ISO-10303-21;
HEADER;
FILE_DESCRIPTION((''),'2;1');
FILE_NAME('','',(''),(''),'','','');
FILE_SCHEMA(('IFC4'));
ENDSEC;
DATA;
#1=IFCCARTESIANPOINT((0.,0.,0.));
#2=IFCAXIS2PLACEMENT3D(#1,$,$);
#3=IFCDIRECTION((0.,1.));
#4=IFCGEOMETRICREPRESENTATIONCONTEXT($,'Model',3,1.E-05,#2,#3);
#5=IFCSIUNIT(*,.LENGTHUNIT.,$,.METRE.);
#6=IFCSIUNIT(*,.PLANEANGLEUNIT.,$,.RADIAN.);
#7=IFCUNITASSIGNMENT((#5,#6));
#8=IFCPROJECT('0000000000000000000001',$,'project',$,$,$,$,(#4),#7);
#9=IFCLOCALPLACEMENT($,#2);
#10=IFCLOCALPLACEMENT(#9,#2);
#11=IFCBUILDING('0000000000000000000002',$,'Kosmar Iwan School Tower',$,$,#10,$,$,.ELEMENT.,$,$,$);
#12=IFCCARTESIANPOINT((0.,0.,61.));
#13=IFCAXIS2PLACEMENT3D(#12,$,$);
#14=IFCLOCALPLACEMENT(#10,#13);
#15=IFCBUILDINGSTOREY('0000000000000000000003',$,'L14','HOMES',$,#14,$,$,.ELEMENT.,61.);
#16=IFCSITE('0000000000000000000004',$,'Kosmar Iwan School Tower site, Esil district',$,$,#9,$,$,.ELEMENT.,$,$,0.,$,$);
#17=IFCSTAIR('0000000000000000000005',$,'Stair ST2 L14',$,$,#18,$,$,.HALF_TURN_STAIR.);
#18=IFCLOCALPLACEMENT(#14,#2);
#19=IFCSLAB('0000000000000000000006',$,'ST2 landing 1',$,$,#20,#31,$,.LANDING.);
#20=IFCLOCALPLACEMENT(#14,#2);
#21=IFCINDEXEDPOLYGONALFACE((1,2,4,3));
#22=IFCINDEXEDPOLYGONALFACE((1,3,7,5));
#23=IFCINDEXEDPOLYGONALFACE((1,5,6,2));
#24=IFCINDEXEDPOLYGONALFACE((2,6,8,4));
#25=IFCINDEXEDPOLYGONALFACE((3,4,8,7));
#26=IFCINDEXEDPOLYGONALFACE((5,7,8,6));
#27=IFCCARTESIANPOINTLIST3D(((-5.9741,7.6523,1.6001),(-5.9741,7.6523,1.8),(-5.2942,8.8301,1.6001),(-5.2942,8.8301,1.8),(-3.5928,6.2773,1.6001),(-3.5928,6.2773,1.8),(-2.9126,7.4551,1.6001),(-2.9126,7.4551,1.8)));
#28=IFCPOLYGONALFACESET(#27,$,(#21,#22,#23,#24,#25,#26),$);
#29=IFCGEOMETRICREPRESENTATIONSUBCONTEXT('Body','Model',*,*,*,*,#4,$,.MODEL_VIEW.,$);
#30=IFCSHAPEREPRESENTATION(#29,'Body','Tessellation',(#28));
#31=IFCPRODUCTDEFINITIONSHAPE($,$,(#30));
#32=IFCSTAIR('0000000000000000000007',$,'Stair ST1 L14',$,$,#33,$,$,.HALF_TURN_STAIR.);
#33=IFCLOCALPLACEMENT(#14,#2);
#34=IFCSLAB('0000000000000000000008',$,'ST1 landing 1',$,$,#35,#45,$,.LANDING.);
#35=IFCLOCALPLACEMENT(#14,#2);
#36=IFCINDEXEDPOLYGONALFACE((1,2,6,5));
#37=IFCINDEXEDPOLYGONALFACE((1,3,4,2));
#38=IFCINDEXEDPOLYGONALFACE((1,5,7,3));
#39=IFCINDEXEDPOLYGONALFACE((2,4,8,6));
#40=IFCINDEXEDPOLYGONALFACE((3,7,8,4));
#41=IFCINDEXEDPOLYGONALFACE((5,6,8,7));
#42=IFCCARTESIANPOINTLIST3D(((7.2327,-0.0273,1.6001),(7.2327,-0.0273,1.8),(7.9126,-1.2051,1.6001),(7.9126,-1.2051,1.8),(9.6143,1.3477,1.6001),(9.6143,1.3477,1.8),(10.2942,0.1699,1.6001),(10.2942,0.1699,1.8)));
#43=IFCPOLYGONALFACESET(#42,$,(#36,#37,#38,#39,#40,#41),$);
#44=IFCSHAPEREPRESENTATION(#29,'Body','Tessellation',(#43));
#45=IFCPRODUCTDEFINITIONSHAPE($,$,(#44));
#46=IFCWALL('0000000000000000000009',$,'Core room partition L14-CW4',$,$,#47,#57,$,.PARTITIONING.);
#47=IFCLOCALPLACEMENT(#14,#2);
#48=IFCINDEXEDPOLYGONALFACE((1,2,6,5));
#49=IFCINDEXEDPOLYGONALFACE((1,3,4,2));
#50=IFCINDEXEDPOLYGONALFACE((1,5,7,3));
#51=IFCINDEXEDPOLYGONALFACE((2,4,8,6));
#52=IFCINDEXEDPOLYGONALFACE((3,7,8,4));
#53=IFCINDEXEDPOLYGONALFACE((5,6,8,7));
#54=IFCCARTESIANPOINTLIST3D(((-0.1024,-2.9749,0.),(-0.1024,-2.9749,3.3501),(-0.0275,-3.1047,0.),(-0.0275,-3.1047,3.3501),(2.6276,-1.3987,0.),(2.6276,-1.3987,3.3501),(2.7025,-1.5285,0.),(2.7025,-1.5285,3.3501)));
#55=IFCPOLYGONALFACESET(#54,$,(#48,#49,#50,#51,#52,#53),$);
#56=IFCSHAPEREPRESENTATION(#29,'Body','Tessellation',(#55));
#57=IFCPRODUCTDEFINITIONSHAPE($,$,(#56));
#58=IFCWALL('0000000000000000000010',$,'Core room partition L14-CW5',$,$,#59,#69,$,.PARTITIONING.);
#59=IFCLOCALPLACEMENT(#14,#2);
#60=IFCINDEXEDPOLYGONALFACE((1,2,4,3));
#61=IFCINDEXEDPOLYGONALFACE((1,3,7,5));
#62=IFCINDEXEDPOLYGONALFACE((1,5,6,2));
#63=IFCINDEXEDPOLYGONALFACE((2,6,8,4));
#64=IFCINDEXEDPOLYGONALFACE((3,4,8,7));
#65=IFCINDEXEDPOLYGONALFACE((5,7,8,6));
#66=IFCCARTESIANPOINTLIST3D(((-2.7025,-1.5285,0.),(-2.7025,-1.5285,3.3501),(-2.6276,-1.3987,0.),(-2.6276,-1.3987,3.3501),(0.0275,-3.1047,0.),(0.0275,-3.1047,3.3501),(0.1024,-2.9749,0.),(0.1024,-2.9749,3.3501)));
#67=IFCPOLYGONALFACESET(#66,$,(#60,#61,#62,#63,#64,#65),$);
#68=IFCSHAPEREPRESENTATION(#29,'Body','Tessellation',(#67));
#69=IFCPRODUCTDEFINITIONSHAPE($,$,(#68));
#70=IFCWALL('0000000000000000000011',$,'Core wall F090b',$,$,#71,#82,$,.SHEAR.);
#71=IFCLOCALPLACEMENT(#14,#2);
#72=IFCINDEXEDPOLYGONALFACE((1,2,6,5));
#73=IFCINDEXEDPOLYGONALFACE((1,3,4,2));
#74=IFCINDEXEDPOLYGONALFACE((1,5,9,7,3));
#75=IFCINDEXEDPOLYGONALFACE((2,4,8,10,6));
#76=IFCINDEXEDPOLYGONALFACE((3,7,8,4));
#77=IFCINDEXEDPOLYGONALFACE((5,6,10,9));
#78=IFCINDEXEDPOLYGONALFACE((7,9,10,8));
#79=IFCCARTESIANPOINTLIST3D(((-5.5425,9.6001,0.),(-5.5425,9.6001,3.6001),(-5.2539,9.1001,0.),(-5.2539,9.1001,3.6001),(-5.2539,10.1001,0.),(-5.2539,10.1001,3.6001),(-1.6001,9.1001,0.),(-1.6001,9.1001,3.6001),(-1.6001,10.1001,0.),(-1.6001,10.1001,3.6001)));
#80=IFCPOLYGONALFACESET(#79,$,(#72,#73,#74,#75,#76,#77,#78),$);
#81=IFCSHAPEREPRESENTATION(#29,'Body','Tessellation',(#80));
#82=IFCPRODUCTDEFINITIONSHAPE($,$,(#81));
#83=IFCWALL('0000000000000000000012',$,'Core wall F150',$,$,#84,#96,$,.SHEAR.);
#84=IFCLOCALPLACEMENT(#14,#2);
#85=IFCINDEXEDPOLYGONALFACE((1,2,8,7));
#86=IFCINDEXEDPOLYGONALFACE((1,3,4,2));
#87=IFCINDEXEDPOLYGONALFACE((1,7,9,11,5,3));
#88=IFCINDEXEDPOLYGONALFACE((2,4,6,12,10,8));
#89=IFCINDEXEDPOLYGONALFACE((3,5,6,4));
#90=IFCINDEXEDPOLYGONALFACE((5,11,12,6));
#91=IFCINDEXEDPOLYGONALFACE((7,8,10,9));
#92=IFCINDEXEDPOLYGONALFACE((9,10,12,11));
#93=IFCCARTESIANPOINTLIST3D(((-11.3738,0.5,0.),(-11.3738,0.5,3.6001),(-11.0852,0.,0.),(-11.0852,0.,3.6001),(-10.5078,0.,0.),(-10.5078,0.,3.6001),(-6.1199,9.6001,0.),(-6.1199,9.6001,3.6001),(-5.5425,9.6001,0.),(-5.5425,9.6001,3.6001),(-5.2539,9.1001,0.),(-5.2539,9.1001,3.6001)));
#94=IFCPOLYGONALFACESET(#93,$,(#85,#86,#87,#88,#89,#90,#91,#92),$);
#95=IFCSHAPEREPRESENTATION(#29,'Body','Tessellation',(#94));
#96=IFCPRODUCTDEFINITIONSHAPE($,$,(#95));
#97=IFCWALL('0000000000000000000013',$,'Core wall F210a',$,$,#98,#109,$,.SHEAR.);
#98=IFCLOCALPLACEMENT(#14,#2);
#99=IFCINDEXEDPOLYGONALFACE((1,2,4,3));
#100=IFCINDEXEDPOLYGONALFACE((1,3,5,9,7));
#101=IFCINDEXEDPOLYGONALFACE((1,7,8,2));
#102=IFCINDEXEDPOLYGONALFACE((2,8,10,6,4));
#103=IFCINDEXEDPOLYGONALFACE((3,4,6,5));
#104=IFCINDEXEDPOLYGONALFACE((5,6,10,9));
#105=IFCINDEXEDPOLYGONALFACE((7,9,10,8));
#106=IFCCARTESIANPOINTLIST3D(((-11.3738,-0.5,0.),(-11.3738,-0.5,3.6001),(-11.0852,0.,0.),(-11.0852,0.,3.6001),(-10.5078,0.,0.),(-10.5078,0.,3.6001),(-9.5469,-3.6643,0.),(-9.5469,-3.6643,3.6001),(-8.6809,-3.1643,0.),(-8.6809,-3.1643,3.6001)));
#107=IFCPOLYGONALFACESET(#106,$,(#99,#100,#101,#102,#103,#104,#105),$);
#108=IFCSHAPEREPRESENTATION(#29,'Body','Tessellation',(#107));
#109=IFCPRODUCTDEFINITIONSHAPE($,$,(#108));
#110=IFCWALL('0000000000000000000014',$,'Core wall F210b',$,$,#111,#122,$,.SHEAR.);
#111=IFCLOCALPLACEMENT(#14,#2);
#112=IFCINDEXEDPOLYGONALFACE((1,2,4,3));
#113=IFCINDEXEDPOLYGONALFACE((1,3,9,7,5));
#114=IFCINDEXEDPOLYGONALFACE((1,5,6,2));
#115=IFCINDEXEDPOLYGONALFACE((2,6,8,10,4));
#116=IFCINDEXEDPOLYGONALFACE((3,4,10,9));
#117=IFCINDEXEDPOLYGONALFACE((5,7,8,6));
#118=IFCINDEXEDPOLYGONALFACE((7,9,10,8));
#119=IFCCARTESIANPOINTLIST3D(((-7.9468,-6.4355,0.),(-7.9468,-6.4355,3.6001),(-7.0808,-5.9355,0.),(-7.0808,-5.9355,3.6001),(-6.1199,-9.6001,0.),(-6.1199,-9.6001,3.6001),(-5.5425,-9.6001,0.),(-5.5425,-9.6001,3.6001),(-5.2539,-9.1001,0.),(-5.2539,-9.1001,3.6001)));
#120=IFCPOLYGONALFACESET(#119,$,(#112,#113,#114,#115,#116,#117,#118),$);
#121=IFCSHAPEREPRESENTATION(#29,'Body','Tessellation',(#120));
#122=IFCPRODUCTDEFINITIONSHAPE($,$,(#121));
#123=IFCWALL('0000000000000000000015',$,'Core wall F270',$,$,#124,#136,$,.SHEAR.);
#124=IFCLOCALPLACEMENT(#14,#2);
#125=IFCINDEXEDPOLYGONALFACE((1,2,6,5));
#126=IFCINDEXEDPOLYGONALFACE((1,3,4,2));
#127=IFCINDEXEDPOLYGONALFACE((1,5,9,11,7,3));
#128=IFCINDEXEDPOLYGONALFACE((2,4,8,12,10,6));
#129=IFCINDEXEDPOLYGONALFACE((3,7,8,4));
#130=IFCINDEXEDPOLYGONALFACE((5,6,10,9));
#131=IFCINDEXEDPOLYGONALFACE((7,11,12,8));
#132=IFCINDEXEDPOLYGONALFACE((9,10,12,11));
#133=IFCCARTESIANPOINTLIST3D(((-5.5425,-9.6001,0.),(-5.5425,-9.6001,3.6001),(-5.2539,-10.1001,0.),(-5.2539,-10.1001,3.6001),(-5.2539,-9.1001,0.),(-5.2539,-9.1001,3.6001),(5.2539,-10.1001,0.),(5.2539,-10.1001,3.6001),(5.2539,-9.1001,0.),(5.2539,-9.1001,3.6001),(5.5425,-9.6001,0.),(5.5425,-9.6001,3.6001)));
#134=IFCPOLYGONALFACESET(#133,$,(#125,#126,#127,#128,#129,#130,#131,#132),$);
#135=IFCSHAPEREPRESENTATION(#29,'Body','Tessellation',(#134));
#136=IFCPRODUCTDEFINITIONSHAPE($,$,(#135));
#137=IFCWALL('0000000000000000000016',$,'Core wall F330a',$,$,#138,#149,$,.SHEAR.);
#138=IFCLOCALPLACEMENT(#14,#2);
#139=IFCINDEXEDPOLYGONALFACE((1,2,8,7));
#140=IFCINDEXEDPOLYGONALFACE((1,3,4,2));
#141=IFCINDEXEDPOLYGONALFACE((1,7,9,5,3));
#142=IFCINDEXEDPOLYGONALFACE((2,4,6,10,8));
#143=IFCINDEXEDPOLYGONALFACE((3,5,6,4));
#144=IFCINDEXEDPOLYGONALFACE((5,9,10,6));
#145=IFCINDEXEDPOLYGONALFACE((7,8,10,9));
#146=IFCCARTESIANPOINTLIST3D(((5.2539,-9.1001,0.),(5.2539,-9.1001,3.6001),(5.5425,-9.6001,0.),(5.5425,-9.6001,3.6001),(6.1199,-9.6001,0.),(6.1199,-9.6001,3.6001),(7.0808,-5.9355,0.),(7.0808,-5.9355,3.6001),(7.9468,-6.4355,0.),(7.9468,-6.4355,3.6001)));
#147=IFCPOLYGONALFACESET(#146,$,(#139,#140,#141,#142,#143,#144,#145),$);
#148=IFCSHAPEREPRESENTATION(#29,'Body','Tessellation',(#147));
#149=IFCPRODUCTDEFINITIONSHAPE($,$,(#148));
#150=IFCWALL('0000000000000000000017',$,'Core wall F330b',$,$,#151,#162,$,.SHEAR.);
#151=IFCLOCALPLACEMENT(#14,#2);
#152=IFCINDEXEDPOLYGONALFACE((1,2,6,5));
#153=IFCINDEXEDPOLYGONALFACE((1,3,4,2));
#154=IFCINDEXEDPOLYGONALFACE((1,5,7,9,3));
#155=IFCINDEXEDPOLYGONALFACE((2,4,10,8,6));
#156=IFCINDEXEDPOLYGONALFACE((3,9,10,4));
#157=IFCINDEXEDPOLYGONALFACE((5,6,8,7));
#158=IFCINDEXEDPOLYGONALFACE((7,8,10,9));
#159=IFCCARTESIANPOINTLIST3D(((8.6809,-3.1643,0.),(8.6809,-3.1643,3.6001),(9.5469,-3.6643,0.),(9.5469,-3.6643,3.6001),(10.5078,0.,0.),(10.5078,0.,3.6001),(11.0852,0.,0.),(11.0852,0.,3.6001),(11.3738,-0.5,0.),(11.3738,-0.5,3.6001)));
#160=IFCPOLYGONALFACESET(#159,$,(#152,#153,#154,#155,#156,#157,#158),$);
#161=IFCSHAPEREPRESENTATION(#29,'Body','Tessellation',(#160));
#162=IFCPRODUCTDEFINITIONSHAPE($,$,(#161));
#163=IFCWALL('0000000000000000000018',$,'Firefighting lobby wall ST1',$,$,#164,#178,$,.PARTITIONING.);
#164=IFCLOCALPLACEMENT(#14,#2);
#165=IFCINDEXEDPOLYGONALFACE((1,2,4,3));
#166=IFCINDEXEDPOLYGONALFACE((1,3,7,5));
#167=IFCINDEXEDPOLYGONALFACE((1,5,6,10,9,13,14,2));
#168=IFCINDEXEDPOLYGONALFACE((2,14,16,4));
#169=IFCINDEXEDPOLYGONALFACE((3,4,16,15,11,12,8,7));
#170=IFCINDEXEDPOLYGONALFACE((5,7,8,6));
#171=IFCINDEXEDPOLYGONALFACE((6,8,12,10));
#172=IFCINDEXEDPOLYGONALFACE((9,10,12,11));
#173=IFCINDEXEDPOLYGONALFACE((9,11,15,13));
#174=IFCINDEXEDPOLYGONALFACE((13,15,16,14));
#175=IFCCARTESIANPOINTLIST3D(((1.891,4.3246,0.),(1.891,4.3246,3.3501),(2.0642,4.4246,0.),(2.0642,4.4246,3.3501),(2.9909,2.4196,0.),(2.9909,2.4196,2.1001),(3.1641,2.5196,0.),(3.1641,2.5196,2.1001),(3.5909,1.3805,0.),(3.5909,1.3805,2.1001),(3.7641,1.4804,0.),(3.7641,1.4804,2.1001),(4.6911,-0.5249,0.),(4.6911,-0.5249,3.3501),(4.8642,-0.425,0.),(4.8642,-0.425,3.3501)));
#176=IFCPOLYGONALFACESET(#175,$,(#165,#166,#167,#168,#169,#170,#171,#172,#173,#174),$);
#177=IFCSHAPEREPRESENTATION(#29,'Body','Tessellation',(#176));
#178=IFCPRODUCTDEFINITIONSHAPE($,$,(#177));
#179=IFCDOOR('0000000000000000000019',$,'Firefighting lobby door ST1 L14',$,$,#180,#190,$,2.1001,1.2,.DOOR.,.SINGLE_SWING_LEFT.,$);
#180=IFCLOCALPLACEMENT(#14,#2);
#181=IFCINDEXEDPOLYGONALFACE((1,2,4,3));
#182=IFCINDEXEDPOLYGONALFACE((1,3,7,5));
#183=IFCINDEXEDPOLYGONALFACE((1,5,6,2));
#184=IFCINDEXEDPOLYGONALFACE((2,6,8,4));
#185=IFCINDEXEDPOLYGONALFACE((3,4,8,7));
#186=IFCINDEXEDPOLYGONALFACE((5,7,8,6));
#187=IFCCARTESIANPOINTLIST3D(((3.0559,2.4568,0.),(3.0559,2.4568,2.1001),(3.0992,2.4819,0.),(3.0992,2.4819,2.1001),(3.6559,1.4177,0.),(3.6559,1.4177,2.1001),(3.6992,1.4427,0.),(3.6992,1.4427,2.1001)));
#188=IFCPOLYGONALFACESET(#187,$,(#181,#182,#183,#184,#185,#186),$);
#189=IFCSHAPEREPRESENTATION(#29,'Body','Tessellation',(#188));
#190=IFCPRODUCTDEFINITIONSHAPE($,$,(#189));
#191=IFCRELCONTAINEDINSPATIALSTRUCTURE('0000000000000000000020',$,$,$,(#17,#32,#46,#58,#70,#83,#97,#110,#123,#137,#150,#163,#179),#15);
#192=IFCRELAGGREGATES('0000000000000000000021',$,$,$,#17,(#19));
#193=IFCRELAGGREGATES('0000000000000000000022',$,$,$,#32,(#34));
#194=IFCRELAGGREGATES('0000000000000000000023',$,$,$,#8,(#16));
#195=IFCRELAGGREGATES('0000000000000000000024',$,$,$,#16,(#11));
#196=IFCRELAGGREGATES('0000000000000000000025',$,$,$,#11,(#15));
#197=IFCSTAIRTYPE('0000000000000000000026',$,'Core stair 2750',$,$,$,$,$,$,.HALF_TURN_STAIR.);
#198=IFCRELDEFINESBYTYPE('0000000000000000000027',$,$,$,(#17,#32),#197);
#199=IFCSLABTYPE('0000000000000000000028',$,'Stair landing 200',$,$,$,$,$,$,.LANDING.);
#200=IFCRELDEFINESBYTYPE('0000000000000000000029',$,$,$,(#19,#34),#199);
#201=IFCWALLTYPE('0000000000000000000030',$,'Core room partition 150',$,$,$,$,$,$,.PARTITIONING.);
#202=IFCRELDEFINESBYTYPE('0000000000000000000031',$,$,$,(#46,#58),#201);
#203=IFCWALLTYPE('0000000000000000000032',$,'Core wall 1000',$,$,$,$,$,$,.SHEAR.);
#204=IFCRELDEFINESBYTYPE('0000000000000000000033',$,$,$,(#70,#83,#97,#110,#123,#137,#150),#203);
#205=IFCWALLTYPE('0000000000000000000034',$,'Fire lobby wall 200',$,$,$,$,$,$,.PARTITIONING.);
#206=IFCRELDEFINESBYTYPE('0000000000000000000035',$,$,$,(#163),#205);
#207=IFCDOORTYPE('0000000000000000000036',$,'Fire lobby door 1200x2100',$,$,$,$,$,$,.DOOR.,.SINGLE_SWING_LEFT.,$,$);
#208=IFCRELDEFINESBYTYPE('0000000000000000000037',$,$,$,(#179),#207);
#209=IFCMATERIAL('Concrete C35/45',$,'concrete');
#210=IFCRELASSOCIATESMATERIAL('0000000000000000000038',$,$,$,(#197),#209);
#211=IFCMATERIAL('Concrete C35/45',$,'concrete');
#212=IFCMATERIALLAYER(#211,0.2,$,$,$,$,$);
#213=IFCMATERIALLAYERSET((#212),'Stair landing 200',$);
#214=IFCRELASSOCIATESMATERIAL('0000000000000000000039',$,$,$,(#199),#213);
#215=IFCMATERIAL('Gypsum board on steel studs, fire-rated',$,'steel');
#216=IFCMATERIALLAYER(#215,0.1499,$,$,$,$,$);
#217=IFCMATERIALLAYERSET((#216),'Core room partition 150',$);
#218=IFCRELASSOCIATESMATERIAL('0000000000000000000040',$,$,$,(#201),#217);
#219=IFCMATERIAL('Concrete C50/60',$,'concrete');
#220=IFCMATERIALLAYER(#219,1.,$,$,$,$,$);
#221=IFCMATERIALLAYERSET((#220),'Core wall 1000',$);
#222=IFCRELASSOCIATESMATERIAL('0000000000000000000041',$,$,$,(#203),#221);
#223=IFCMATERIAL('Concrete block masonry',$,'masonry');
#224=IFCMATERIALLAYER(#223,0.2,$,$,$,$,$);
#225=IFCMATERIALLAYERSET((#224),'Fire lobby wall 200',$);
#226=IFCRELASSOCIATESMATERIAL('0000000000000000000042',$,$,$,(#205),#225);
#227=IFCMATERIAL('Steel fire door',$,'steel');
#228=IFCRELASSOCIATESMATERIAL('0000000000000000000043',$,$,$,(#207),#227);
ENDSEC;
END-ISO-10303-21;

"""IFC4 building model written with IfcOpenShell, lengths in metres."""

from ifc_helpers import new_model, si_unit, direction, frame, frame_2d, origin, place, context, subcontext, project, spatial, polyline, rectangle, outline, extrude, material, layer, layer_set, type_object, element, fill, aggregate, save


model = new_model("IFC4")

# Units and contexts
model_context = context("Model", 3, precision=1e-05, world=origin(), true_north=direction((0.0, 1.0)))
body_context = subcontext(model_context, "Body", "Model", "MODEL_VIEW")
ifc_project = project(units=[si_unit("LENGTHUNIT", "METRE"), si_unit("PLANEANGLEUNIT", "RADIAN")], contexts=[model_context])

# Site, building, storey
site_placement = place(None, origin())
site = spatial("IfcSite", under=ifc_project, at=site_placement, Name="Kosmar Iwan School Tower site, Esil district", CompositionType="ELEMENT", RefElevation=0.0)
building_placement = place(site_placement, origin())
building = spatial("IfcBuilding", under=site, at=building_placement, Name="Kosmar Iwan School Tower", CompositionType="ELEMENT")
storey_placement = place(building_placement, frame((0.0, 0.0, 61.0)))
storey = spatial("IfcBuildingStorey", under=building, at=storey_placement, Name="L14", Description="HOMES", CompositionType="ELEMENT", Elevation=61.0)

# Stairs, slabs
ifc_material_1 = material(Name="Concrete C35/45", Category="concrete")
stair_type = type_object("IfcStairType", Name="Core stair 2750", PredefinedType="HALF_TURN_STAIR", material=ifc_material_1)
stair_1_placement = place(storey_placement, origin())
stair_1 = element("IfcStair", 1, at=stair_1_placement, inside=storey, type_object=stair_type, Name="Stair ST2 L14", PredefinedType="HALF_TURN_STAIR")
ifc_material_2 = material(Name="Concrete C35/45", Category="concrete")
ifc_layer_1 = layer(ifc_material_2, 0.2)
ifc_layer_set_1 = layer_set([ifc_layer_1], Name="Stair landing 200")
slab_type = type_object("IfcSlabType", Name="Stair landing 200", PredefinedType="LANDING", material=ifc_layer_set_1)
slab_1_placement = place(storey_placement, frame((0.0, 0.0, 1.6001)))
slab_1 = element("IfcSlab", 2, at=slab_1_placement, type_object=slab_type, Name="ST2 landing 1", PredefinedType="LANDING", context=body_context, shape_type="SweptSolid", body=[
    extrude(outline(polyline([(-2.9126, 7.4551), (-5.2942, 8.8301), (-5.9741, 7.6523), (-3.5928, 6.2773), (-2.9126, 7.4551)])), origin(), (0.0, 0.0, 1.0), 0.2),
])
aggregate(stair_1, [slab_1])
stair_2_placement = place(storey_placement, origin())
stair_2 = element("IfcStair", 3, at=stair_2_placement, inside=storey, type_object=stair_type, Name="Stair ST1 L14", PredefinedType="HALF_TURN_STAIR")
slab_2_placement = place(storey_placement, frame((0.0, 0.0, 1.6001)))
slab_2 = element("IfcSlab", 4, at=slab_2_placement, type_object=slab_type, Name="ST1 landing 1", PredefinedType="LANDING", context=body_context, shape_type="SweptSolid", body=[
    extrude(outline(polyline([(7.9126, -1.2051), (10.2942, 0.1699), (9.6143, 1.3477), (7.2327, -0.0273), (7.9126, -1.2051)])), origin(), (0.0, 0.0, 1.0), 0.2),
])
aggregate(stair_2, [slab_2])

# Walls
ifc_material_3 = material(Name="Gypsum board on steel studs, fire-rated", Category="steel")
ifc_layer_2 = layer(ifc_material_3, 0.1499)
ifc_layer_set_2 = layer_set([ifc_layer_2], Name="Core room partition 150")
wall_type_1 = type_object("IfcWallType", Name="Core room partition 150", PredefinedType="PARTITIONING", material=ifc_layer_set_2)
for number, where, z_axis, x_axis, name in (
    (5, (2.665, -1.4636, 0.0), (0.0, 0.0, 1.0), (-0.866023, -0.500004, 0.0), "Core room partition L14-CW4"),
    (6, (0.0649, -3.0398, 0.0), (0.0, 0.0, 1.0), (-0.866023, 0.500004, 0.0), "Core room partition L14-CW5"),
):
    element("IfcWall", number, at=place(storey_placement, frame(where, z_axis=z_axis, x_axis=x_axis)), inside=storey, type_object=wall_type_1, Name=name, PredefinedType="PARTITIONING", context=body_context, shape_type="SweptSolid", body=[
        extrude(rectangle(XDim=3.1523, YDim=0.1499, at=frame_2d((1.5762, 0.0))), origin(), (0.0, 0.0, 1.0), 3.3501),
    ])
ifc_material_4 = material(Name="Concrete C50/60", Category="concrete")
ifc_layer_3 = layer(ifc_material_4, 1.0)
ifc_layer_set_3 = layer_set([ifc_layer_3], Name="Core wall 1000")
wall_type_2 = type_object("IfcWallType", Name="Core wall 1000", PredefinedType="SHEAR", material=ifc_layer_set_3)
wall_1_placement = place(storey_placement, origin())
element("IfcWall", 7, at=wall_1_placement, inside=storey, type_object=wall_type_2, Name="Core wall F090b", PredefinedType="SHEAR", context=body_context, shape_type="SweptSolid", body=[
    extrude(outline(polyline([(-5.2539, 9.1001), (-1.6001, 9.1001), (-1.6001, 10.1001), (-5.2539, 10.1001), (-5.5425, 9.6001), (-5.2539, 9.1001)])), origin(), (0.0, 0.0, 1.0), 3.6001),
])
wall_2_placement = place(storey_placement, origin())
element("IfcWall", 8, at=wall_2_placement, inside=storey, type_object=wall_type_2, Name="Core wall F150", PredefinedType="SHEAR", context=body_context, shape_type="SweptSolid", body=[
    extrude(outline(polyline([(-11.0852, 0.0), (-10.5078, 0.0), (-5.2539, 9.1001), (-5.5425, 9.6001), (-6.1199, 9.6001), (-11.3738, 0.5), (-11.0852, 0.0)])), origin(), (0.0, 0.0, 1.0), 3.6001),
])
wall_3_placement = place(storey_placement, origin())
element("IfcWall", 9, at=wall_3_placement, inside=storey, type_object=wall_type_2, Name="Core wall F210a", PredefinedType="SHEAR", context=body_context, shape_type="SweptSolid", body=[
    extrude(outline(polyline([(-9.5469, -3.6643), (-8.6809, -3.1643), (-10.5078, 0.0), (-11.0852, 0.0), (-11.3738, -0.5), (-9.5469, -3.6643)])), origin(), (0.0, 0.0, 1.0), 3.6001),
])
wall_4_placement = place(storey_placement, origin())
element("IfcWall", 10, at=wall_4_placement, inside=storey, type_object=wall_type_2, Name="Core wall F210b", PredefinedType="SHEAR", context=body_context, shape_type="SweptSolid", body=[
    extrude(outline(polyline([(-6.1199, -9.6001), (-5.5425, -9.6001), (-5.2539, -9.1001), (-7.0808, -5.9355), (-7.9468, -6.4355), (-6.1199, -9.6001)])), origin(), (0.0, 0.0, 1.0), 3.6001),
])
wall_5_placement = place(storey_placement, origin())
element("IfcWall", 11, at=wall_5_placement, inside=storey, type_object=wall_type_2, Name="Core wall F270", PredefinedType="SHEAR", context=body_context, shape_type="SweptSolid", body=[
    extrude(outline(polyline([(-5.2539, -10.1001), (5.2539, -10.1001), (5.5425, -9.6001), (5.2539, -9.1001), (-5.2539, -9.1001), (-5.5425, -9.6001), (-5.2539, -10.1001)])), origin(), (0.0, 0.0, 1.0), 3.6001),
])
wall_6_placement = place(storey_placement, origin())
element("IfcWall", 12, at=wall_6_placement, inside=storey, type_object=wall_type_2, Name="Core wall F330a", PredefinedType="SHEAR", context=body_context, shape_type="SweptSolid", body=[
    extrude(outline(polyline([(5.5425, -9.6001), (6.1199, -9.6001), (7.9468, -6.4355), (7.0808, -5.9355), (5.2539, -9.1001), (5.5425, -9.6001)])), origin(), (0.0, 0.0, 1.0), 3.6001),
])
wall_7_placement = place(storey_placement, origin())
element("IfcWall", 13, at=wall_7_placement, inside=storey, type_object=wall_type_2, Name="Core wall F330b", PredefinedType="SHEAR", context=body_context, shape_type="SweptSolid", body=[
    extrude(outline(polyline([(9.5469, -3.6643), (11.3738, -0.5), (11.0852, 0.0), (10.5078, 0.0), (8.6809, -3.1643), (9.5469, -3.6643)])), origin(), (0.0, 0.0, 1.0), 3.6001),
])

# Wall, opening, door
ifc_material_5 = material(Name="Concrete block masonry", Category="masonry")
ifc_layer_4 = layer(ifc_material_5, 0.2)
ifc_layer_set_4 = layer_set([ifc_layer_4], Name="Fire lobby wall 200")
wall_type_3 = type_object("IfcWallType", Name="Fire lobby wall 200", PredefinedType="PARTITIONING", material=ifc_layer_set_4)
wall_8_placement = place(storey_placement, frame((4.7776, -0.4749, 0.0), z_axis=(0.0, 0.0, 1.0), x_axis=(-0.500017, 0.866016, 0.0)))
wall_8 = element("IfcWall", 14, at=wall_8_placement, inside=storey, type_object=wall_type_3, Name="Firefighting lobby wall ST1", PredefinedType="PARTITIONING", context=body_context, shape_type="SweptSolid", body=[
    extrude(rectangle(XDim=5.5999, YDim=0.2, at=frame_2d((2.7998, 0.0))), origin(), (0.0, 0.0, 1.0), 3.3501),
])
opening_1_placement = place(wall_8_placement, frame((2.2, 0.0, 0.0)))
opening_1 = element("IfcOpeningElement", 15, at=opening_1_placement, cuts=wall_8, PredefinedType="OPENING", context=body_context, shape_type="SweptSolid", body=[
    extrude(rectangle(XDim=1.2, YDim=2.1001, at=frame_2d((0.6001, 1.05))), frame((0.0, 0.1121, 0.0), z_axis=(0.0, -1.0, 0.0), x_axis=(1.0, 0.0, 0.0)), (0.0, 0.0, 1.0), 0.2239),
])
ifc_material_6 = material(Name="Steel fire door", Category="steel")
door_type_1 = type_object("IfcDoorType", Name="Fire lobby door 1200x2100", OperationType="SINGLE_SWING_LEFT", PredefinedType="DOOR", material=ifc_material_6)
door_1_placement = place(opening_1_placement, frame((1.2, 0.0, 0.0), z_axis=(0.0, 0.0, 1.0), x_axis=(-1.0, 0.0, 0.0)))
door_1 = element("IfcDoor", 16, at=door_1_placement, inside=storey, type_object=door_type_1, Name="Firefighting lobby door ST1 L14", OperationType="SINGLE_SWING_LEFT", OverallHeight=2.1001, OverallWidth=1.2, PredefinedType="DOOR", context=body_context, shape_type="SweptSolid", body=[
    extrude(rectangle(XDim=1.2, YDim=2.1001, at=frame_2d((0.6001, 1.05))), frame((0.0, 0.0249, 0.0), z_axis=(0.0, -1.0, 0.0), x_axis=(1.0, 0.0, 0.0)), (0.0, 0.0, 1.0), 0.05),
])
fill(opening_1, door_1)

save(model, "model.ifc")
